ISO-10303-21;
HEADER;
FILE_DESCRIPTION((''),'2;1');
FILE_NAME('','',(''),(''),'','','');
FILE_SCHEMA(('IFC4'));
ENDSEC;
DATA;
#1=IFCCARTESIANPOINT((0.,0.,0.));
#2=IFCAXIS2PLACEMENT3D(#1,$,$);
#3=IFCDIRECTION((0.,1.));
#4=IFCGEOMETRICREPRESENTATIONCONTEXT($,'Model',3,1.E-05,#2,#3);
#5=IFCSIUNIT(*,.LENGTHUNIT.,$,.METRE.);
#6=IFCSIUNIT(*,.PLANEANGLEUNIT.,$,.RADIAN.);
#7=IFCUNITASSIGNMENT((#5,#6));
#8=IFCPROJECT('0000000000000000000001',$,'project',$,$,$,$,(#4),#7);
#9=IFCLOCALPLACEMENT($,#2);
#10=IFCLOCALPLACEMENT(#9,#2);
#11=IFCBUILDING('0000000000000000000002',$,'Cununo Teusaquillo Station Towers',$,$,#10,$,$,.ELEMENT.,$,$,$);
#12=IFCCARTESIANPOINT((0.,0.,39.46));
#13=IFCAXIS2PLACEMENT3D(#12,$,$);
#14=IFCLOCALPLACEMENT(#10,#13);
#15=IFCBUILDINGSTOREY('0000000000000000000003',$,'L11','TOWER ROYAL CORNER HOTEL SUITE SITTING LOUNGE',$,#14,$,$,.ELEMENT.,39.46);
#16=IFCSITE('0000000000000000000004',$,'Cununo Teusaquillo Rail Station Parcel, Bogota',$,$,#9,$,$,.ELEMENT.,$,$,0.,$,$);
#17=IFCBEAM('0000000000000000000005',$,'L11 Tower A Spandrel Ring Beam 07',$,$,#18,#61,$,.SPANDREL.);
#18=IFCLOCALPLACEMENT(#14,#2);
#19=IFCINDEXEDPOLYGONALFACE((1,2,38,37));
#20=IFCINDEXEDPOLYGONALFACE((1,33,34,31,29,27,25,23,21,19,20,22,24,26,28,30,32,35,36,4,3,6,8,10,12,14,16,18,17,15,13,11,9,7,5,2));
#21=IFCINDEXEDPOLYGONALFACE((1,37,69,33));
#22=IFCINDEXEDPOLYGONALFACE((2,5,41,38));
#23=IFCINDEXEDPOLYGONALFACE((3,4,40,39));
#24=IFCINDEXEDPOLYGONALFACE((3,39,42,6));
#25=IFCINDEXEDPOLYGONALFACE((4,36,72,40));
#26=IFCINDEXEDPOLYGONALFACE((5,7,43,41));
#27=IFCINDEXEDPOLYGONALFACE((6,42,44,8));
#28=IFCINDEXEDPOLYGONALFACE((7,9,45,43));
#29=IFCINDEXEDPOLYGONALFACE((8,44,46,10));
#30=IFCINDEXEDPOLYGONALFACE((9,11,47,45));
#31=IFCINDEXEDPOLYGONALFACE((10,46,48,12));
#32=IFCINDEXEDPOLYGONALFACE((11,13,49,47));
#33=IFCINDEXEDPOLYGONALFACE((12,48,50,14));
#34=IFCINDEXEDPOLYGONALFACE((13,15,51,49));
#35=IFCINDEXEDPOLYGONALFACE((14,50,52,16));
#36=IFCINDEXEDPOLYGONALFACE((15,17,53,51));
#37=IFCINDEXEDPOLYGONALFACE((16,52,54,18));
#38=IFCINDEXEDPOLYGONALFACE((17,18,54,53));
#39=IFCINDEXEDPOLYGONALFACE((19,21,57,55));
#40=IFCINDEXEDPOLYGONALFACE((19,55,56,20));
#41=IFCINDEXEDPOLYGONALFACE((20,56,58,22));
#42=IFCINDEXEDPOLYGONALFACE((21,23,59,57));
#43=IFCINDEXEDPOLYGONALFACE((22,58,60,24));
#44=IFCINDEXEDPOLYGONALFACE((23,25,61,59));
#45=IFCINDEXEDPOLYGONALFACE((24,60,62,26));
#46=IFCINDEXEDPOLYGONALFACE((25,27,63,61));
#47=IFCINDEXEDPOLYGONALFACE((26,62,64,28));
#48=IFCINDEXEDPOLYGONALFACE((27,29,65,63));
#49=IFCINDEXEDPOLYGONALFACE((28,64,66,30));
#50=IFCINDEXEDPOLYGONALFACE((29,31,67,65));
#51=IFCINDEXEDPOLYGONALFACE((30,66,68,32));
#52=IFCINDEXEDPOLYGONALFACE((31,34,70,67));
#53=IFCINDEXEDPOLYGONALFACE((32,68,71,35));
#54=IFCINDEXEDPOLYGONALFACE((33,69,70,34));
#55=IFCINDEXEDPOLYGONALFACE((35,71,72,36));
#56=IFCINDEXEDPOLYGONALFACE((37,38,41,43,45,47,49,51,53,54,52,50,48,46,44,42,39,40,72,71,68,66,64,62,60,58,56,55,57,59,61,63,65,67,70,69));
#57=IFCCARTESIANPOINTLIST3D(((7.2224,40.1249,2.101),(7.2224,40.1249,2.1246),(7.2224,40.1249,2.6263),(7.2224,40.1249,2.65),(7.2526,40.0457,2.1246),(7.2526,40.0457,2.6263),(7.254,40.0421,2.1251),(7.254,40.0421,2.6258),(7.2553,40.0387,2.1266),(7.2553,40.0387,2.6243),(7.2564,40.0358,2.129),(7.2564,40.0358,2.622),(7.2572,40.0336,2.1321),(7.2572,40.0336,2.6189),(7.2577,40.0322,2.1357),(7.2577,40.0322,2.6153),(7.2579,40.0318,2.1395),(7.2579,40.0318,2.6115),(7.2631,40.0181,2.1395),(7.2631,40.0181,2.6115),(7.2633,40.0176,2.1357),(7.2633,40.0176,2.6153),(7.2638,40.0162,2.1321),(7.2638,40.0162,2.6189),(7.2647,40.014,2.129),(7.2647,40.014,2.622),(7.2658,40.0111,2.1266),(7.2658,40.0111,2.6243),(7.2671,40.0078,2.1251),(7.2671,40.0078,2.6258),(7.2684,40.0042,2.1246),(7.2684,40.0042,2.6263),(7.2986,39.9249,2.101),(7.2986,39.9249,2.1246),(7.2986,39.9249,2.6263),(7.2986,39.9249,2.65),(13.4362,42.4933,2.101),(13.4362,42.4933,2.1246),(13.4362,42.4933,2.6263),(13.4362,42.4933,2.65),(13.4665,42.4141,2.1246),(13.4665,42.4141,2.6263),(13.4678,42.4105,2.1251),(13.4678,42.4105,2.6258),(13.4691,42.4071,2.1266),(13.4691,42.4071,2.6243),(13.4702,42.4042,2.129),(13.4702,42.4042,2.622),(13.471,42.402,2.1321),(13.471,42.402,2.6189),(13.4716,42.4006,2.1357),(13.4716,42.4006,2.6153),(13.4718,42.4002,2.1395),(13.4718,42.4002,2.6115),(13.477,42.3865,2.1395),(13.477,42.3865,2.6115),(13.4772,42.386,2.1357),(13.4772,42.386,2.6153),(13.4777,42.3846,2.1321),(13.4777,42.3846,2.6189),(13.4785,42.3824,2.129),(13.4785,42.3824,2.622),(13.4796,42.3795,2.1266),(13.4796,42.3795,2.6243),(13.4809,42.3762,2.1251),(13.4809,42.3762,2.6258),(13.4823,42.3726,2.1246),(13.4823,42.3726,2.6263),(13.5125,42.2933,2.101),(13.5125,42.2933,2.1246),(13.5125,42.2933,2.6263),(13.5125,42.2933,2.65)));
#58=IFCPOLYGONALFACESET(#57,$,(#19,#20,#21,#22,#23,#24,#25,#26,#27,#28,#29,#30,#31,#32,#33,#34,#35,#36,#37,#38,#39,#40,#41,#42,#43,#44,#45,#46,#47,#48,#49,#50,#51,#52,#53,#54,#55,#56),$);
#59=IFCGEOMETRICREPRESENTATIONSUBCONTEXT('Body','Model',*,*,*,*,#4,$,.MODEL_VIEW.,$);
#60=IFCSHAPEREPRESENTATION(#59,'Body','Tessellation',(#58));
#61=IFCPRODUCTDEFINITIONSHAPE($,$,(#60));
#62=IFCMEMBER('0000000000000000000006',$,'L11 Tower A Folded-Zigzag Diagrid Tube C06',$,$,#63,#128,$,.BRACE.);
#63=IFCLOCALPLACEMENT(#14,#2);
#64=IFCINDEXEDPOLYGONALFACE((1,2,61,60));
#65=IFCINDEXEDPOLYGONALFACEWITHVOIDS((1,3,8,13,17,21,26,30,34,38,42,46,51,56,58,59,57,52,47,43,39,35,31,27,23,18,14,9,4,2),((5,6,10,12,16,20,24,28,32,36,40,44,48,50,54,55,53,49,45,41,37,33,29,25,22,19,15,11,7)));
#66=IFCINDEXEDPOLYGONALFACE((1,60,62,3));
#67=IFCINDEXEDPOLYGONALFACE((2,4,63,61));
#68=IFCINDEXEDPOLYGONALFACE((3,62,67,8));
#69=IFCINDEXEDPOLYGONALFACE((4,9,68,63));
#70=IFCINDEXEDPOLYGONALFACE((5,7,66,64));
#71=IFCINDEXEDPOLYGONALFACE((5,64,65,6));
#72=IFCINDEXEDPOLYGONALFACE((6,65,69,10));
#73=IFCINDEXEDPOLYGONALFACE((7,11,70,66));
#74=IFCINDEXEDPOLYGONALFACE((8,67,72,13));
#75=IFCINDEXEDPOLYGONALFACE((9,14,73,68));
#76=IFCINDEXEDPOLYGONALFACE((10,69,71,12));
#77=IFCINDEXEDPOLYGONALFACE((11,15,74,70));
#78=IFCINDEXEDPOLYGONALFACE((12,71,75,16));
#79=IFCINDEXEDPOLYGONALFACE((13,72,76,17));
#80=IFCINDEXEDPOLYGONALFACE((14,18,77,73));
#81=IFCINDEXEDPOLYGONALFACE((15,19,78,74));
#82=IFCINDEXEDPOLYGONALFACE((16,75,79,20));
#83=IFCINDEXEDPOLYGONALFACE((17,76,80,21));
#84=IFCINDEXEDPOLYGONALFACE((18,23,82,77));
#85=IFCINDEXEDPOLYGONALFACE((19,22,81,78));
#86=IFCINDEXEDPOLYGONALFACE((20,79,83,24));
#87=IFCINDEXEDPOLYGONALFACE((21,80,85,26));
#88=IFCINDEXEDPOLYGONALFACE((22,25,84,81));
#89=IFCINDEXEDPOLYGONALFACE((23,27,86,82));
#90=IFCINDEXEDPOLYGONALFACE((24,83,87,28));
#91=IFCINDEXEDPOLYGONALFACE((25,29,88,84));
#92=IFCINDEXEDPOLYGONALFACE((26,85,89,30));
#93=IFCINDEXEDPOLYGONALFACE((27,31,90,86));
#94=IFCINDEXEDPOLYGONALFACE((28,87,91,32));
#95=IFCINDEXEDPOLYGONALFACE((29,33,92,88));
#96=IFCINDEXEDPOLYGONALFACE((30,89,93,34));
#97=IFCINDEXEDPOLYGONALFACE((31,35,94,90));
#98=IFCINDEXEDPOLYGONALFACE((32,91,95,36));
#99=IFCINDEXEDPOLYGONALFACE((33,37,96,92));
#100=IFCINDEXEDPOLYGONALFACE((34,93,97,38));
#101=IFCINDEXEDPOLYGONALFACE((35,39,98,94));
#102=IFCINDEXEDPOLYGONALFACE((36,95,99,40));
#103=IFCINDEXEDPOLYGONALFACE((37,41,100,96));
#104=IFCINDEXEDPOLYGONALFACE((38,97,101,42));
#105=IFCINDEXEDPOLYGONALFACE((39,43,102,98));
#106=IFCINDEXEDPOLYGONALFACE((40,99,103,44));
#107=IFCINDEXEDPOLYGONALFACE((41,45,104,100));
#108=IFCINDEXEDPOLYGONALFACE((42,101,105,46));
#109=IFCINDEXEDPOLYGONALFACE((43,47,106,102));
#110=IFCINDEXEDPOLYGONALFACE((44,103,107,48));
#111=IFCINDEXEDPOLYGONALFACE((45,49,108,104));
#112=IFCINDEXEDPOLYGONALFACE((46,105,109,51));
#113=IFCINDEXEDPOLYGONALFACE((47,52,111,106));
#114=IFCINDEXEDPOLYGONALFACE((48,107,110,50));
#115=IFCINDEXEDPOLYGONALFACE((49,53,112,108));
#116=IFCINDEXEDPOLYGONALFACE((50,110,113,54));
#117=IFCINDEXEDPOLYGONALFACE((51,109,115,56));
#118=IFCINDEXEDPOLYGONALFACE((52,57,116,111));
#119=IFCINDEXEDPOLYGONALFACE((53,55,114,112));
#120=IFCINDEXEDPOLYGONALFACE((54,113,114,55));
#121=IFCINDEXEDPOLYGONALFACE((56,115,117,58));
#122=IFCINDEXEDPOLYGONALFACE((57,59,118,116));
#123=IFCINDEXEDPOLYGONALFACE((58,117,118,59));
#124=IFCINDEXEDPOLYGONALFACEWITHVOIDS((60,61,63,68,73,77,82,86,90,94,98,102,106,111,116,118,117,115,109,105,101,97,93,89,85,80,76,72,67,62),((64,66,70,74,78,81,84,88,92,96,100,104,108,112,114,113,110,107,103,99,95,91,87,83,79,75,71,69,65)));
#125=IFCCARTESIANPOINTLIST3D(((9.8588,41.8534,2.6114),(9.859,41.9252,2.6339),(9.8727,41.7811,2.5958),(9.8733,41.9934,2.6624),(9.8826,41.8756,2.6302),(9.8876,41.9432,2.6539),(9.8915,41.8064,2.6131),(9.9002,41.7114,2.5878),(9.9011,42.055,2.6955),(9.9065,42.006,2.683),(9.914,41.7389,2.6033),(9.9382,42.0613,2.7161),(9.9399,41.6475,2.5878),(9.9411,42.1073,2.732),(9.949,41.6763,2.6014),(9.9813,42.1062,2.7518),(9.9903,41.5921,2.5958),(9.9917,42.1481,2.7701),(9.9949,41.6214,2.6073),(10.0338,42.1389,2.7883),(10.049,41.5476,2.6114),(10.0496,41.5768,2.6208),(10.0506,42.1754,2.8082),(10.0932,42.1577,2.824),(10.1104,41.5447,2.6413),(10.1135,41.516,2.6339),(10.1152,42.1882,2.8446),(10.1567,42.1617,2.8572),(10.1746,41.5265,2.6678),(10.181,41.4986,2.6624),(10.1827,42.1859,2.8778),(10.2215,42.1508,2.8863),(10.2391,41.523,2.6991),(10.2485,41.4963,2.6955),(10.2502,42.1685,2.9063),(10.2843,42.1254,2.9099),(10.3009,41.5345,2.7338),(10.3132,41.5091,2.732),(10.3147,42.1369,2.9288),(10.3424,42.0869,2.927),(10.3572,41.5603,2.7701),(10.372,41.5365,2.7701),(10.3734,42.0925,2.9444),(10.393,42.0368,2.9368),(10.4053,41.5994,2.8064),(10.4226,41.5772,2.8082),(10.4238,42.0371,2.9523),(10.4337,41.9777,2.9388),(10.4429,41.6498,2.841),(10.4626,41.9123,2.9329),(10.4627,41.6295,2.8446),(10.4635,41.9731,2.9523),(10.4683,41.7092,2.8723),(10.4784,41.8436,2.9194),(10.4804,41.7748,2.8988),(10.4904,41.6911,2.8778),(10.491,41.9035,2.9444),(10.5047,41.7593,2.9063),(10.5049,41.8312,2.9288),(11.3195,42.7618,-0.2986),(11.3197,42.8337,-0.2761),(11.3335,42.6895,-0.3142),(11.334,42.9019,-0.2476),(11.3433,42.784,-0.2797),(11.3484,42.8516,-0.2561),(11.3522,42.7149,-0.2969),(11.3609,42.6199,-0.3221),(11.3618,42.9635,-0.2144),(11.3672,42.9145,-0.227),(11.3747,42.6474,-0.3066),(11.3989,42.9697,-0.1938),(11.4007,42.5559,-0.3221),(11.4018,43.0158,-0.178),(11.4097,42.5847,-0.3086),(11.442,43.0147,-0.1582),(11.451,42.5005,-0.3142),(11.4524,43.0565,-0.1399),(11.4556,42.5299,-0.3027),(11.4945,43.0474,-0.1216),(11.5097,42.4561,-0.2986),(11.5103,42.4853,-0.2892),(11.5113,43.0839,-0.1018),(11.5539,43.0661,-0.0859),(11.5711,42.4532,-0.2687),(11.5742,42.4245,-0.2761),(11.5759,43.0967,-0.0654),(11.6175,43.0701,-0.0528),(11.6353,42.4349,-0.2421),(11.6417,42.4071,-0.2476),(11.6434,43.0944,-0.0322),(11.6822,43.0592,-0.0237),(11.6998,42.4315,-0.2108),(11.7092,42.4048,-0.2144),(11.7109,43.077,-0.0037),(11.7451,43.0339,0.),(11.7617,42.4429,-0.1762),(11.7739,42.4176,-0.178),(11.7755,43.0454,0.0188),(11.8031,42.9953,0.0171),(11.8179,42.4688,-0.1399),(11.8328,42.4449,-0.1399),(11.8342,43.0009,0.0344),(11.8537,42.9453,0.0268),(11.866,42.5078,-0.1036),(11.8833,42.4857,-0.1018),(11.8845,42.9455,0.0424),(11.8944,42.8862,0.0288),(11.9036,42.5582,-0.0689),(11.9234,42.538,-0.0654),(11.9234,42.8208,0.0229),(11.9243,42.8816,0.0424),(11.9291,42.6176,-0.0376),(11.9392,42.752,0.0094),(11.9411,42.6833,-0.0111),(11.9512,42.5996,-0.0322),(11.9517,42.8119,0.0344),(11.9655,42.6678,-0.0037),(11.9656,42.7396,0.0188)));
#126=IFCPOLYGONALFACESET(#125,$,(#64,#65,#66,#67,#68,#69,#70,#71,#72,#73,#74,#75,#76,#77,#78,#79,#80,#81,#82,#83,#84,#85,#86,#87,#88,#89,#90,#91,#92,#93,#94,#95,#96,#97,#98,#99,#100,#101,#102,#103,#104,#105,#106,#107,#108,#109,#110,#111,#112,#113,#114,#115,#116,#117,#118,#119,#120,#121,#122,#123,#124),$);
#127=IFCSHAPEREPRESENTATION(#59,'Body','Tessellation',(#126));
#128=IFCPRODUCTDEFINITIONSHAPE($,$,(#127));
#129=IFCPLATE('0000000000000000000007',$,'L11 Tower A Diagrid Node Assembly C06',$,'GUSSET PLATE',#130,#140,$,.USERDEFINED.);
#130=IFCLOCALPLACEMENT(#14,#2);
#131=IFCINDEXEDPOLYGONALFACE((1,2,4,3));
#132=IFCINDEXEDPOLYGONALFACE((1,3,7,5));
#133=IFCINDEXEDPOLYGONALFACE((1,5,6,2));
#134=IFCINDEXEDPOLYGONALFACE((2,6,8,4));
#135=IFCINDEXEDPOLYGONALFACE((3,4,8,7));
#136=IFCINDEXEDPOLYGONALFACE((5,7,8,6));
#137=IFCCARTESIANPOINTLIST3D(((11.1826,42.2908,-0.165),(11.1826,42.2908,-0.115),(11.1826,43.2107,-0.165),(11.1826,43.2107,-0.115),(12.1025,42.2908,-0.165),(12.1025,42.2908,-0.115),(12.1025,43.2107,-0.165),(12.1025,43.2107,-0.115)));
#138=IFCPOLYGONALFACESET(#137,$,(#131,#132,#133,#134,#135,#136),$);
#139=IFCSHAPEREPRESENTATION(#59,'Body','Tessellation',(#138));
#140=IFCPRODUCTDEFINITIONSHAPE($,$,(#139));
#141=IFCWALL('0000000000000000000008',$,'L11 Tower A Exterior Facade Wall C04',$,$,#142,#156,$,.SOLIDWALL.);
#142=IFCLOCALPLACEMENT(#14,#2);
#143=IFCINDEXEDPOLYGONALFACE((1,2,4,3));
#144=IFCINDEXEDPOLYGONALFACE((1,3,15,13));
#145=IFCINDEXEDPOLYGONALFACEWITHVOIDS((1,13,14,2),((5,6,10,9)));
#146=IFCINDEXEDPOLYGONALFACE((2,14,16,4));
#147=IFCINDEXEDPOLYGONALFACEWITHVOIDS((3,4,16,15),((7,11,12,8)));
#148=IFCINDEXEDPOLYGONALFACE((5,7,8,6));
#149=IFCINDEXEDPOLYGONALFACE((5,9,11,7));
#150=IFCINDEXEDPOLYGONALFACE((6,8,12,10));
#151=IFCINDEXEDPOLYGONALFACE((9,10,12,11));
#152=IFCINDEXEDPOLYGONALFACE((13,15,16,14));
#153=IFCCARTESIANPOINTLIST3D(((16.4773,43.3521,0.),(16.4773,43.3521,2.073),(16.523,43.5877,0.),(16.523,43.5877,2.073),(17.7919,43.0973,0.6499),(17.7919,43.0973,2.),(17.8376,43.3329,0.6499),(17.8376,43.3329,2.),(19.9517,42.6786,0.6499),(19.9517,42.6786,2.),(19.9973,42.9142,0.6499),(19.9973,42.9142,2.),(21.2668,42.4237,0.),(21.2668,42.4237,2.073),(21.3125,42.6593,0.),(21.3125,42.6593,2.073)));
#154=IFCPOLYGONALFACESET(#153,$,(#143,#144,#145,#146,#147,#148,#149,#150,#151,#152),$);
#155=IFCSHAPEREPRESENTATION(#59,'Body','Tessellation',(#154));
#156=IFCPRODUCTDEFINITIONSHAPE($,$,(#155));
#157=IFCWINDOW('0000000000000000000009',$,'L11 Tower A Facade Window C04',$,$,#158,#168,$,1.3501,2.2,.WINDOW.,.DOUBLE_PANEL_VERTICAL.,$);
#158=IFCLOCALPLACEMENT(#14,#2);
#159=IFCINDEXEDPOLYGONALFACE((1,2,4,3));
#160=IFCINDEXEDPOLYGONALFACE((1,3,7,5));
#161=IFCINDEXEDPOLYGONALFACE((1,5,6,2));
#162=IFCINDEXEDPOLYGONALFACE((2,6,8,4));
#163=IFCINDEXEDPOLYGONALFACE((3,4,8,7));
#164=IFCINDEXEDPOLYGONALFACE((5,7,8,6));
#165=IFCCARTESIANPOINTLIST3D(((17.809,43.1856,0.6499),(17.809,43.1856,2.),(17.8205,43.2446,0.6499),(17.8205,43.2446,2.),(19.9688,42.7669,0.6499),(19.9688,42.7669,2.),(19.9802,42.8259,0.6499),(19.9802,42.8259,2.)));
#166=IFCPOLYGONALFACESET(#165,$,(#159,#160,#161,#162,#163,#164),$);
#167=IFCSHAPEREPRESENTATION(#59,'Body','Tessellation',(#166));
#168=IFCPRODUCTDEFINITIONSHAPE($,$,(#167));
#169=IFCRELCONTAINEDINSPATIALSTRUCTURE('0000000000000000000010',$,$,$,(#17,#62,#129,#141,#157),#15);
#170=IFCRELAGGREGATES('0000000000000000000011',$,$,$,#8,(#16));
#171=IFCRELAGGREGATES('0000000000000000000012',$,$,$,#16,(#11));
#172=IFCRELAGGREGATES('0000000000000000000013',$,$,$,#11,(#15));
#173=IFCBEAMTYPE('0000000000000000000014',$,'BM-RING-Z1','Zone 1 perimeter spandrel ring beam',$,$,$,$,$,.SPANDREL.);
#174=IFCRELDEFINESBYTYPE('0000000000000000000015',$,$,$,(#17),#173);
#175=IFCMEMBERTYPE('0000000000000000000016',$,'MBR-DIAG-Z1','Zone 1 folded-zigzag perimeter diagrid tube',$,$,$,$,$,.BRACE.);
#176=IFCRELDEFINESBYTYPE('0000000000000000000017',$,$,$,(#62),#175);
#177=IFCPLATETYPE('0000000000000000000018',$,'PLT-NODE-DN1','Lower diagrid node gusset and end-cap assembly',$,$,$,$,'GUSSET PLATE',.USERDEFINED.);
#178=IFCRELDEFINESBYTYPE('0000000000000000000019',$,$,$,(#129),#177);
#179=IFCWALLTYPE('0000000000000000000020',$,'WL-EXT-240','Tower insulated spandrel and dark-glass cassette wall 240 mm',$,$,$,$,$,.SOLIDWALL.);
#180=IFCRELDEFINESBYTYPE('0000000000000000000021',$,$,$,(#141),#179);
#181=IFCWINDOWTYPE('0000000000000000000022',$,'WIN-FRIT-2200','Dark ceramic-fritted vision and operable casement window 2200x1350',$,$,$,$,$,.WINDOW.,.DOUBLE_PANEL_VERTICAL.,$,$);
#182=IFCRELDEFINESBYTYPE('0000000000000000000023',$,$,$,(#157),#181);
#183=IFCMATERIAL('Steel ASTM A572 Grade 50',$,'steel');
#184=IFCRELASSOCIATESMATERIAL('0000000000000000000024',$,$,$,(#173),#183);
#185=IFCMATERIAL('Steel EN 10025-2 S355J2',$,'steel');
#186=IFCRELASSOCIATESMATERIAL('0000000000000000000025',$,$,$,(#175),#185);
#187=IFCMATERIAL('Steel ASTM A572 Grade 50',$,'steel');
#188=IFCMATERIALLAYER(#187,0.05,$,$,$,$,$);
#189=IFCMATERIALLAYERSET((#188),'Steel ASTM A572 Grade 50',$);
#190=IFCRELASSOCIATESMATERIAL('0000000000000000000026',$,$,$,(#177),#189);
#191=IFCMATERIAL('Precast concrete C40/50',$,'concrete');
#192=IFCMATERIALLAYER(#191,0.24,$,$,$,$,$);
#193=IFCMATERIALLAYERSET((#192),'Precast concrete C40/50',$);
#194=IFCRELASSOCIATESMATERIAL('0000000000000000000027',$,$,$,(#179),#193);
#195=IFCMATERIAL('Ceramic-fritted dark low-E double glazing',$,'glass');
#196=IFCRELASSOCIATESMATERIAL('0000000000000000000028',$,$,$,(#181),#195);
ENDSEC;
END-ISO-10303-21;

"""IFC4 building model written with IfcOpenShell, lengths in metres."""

from ifc_helpers import new_model, si_unit, direction, frame, frame_2d, origin, origin_2d, place, context, subcontext, project, spatial, rectangle, hollow_circle, i_section, extrude, source, transform, mapped, material, layer, layer_set, material_profile, profile_set, type_object, element, fill, save


model = new_model("IFC4")

# Units and contexts
model_context = context("Model", 3, precision=1e-05, world=origin(), true_north=direction((0.0, 1.0)))
body_context = subcontext(model_context, "Body", "Model", "MODEL_VIEW")
ifc_project = project(units=[si_unit("LENGTHUNIT", "METRE"), si_unit("PLANEANGLEUNIT", "RADIAN")], contexts=[model_context])

# Site, building, storey
site_placement = place(None, origin())
site = spatial("IfcSite", under=ifc_project, at=site_placement, Name="Cununo Teusaquillo Rail Station Parcel, Bogota", CompositionType="ELEMENT", RefElevation=0.0)
building_placement = place(site_placement, origin())
building = spatial("IfcBuilding", under=site, at=building_placement, Name="Cununo Teusaquillo Station Towers", CompositionType="ELEMENT")
storey_placement = place(building_placement, frame((0.0, 0.0, 39.46)))
storey = spatial("IfcBuildingStorey", under=building, at=storey_placement, Name="L11", Description="TOWER ROYAL CORNER HOTEL SUITE SITTING LOUNGE", CompositionType="ELEMENT", Elevation=39.46)

# Beam
ifc_material_1 = material(Name="Steel ASTM A572 Grade 50", Category="steel")
ifc_material_profile_1 = material_profile(ifc_material_1, i_section(OverallWidth=0.2141, OverallDepth=0.5491, WebThickness=0.0146, FlangeThickness=0.0237, FilletRadius=0.0149, at=origin_2d()), Name="W21X93")
ifc_profile_set_1 = profile_set([ifc_material_profile_1], Name="Steel ASTM A572 Grade 50")
beam_type = type_object("IfcBeamType", Name="BM-RING-Z1", Description="Zone 1 perimeter spandrel ring beam", PredefinedType="SPANDREL", material=ifc_profile_set_1)
beam_1_placement = place(storey_placement, frame((13.4744, 42.3933, 2.3755), z_axis=(-0.934427, -0.356156, 0.0), x_axis=(0.356156, -0.934427, 0.0)))
element("IfcBeam", 1, at=beam_1_placement, inside=storey, type_object=beam_type, Name="L11 Tower A Spandrel Ring Beam 07", PredefinedType="SPANDREL", context=body_context, shape_type="SweptSolid", body=[
    extrude(i_section(OverallWidth=0.2141, OverallDepth=0.5491, WebThickness=0.0146, FlangeThickness=0.0237, FilletRadius=0.0149, at=origin_2d()), origin(), (0.0, 0.0, 1.0), 6.6499),
])

# Member
ifc_material_2 = material(Name="Steel EN 10025-2 S355J2", Category="steel")
ifc_material_profile_2 = material_profile(ifc_material_2, hollow_circle(Radius=0.3601, WallThickness=0.0281, at=origin_2d()), Name="CHS 720x28")
ifc_profile_set_2 = profile_set([ifc_material_profile_2], Name="Steel EN 10025-2 S355J2")
member_type = type_object("IfcMemberType", Name="MBR-DIAG-Z1", Description="Zone 1 folded-zigzag perimeter diagrid tube", PredefinedType="BRACE", material=ifc_profile_set_2)
member_placement = place(storey_placement, frame((11.6426, 42.7507, -0.1399), z_axis=(-0.432118, -0.268747, 0.860842), x_axis=(0.528122, -0.849168, 0.0)))
element("IfcMember", 2, at=member_placement, inside=storey, type_object=member_type, Name="L11 Tower A Folded-Zigzag Diagrid Tube C06", PredefinedType="BRACE", context=body_context, shape_type="SweptSolid", body=[
    extrude(hollow_circle(Radius=0.3601, WallThickness=0.0281, at=origin_2d()), origin(), (0.0, 0.0, 1.0), 3.3804),
])

# Plate
ifc_material_3 = material(Name="Steel ASTM A572 Grade 50", Category="steel")
ifc_layer_1 = layer(ifc_material_3, 0.05)
ifc_layer_set_1 = layer_set([ifc_layer_1], Name="Steel ASTM A572 Grade 50")
plate_type = type_object("IfcPlateType", Name="PLT-NODE-DN1", Description="Lower diagrid node gusset and end-cap assembly", ElementType="GUSSET PLATE", PredefinedType="USERDEFINED", material=ifc_layer_set_1)
shared_shape_1 = source(origin(), body_context, "Body", "SweptSolid", [
    extrude(rectangle(XDim=0.9199, YDim=0.9199, at=origin_2d()), origin(), (0.0, 0.0, 1.0), 0.05),
])
plate_placement = place(storey_placement, frame((11.6426, 42.7507, -0.165), z_axis=(0.0, 0.0, 1.0), x_axis=(1.0, 0.0, 0.0)))
element("IfcPlate", 3, at=plate_placement, inside=storey, type_object=plate_type, Name="L11 Tower A Diagrid Node Assembly C06", ObjectType="GUSSET PLATE", PredefinedType="USERDEFINED", context=body_context, shape_type="MappedRepresentation", body=[
    mapped(shared_shape_1, transform((0.0, 0.0, 0.0), x_axis=(1.0, 0.0, 0.0), y_axis=(0.0, 1.0, 0.0), z_axis=(0.0, 0.0, 1.0), scale=1.0)),
])

# Wall, opening, window
ifc_material_4 = material(Name="Precast concrete C40/50", Category="concrete")
ifc_layer_2 = layer(ifc_material_4, 0.24)
ifc_layer_set_2 = layer_set([ifc_layer_2], Name="Precast concrete C40/50")
wall_type_1 = type_object("IfcWallType", Name="WL-EXT-240", Description="Tower insulated spandrel and dark-glass cassette wall 240 mm", PredefinedType="SOLIDWALL", material=ifc_layer_set_2)
wall_1_placement = place(storey_placement, frame((16.5, 43.47, 0.0), z_axis=(0.0, 0.0, 1.0), x_axis=(0.981724, -0.19031, 0.0)))
wall_1 = element("IfcWall", 4, at=wall_1_placement, inside=storey, type_object=wall_type_1, Name="L11 Tower A Exterior Facade Wall C04", PredefinedType="SOLIDWALL", context=body_context, shape_type="SweptSolid", body=[
    extrude(rectangle(XDim=4.8787, YDim=0.24, at=frame_2d((2.4395, 0.0))), origin(), (0.0, 0.0, 1.0), 2.073),
])
shared_shape_2 = source(origin(), body_context, "Body", "SweptSolid", [
    extrude(rectangle(XDim=2.2, YDim=1.3501, at=frame_2d((1.1001, 0.675))), frame((0.0, 0.1299, 0.0), z_axis=(0.0, -1.0, 0.0), x_axis=(1.0, 0.0, 0.0)), (0.0, 0.0, 1.0), 0.26),
])
opening_1_placement = place(wall_1_placement, frame((1.3391, 0.0, 0.6499)))
opening_1 = element("IfcOpeningElement", 5, at=opening_1_placement, cuts=wall_1, PredefinedType="OPENING", context=body_context, shape_type="MappedRepresentation", body=[
    mapped(shared_shape_2, transform((0.0, 0.0, 0.0), x_axis=(1.0, 0.0, 0.0), y_axis=(0.0, 1.0, 0.0), z_axis=(0.0, 0.0, 1.0), scale=1.0)),
])
ifc_material_5 = material(Name="Ceramic-fritted dark low-E double glazing", Category="glass")
window_type = type_object("IfcWindowType", Name="WIN-FRIT-2200", Description="Dark ceramic-fritted vision and operable casement window 2200x1350", PartitioningType="DOUBLE_PANEL_VERTICAL", PredefinedType="WINDOW", material=ifc_material_5)
shared_shape_3 = source(origin(), body_context, "Body", "SweptSolid", [
    extrude(rectangle(XDim=2.2, YDim=1.3501, at=frame_2d((1.1001, 0.675))), frame((0.0, 0.03, 0.0), z_axis=(0.0, -1.0, 0.0), x_axis=(1.0, 0.0, 0.0)), (0.0, 0.0, 1.0), 0.0601),
])
window_placement = place(opening_1_placement, origin())
window = element("IfcWindow", 6, at=window_placement, inside=storey, type_object=window_type, Name="L11 Tower A Facade Window C04", OverallHeight=1.3501, OverallWidth=2.2, PartitioningType="DOUBLE_PANEL_VERTICAL", PredefinedType="WINDOW", context=body_context, shape_type="MappedRepresentation", body=[
    mapped(shared_shape_3, transform((0.0, 0.0, 0.0), x_axis=(1.0, 0.0, 0.0), y_axis=(0.0, 1.0, 0.0), z_axis=(0.0, 0.0, 1.0), scale=1.0)),
])
fill(opening_1, window)

save(model, "model.ifc")
